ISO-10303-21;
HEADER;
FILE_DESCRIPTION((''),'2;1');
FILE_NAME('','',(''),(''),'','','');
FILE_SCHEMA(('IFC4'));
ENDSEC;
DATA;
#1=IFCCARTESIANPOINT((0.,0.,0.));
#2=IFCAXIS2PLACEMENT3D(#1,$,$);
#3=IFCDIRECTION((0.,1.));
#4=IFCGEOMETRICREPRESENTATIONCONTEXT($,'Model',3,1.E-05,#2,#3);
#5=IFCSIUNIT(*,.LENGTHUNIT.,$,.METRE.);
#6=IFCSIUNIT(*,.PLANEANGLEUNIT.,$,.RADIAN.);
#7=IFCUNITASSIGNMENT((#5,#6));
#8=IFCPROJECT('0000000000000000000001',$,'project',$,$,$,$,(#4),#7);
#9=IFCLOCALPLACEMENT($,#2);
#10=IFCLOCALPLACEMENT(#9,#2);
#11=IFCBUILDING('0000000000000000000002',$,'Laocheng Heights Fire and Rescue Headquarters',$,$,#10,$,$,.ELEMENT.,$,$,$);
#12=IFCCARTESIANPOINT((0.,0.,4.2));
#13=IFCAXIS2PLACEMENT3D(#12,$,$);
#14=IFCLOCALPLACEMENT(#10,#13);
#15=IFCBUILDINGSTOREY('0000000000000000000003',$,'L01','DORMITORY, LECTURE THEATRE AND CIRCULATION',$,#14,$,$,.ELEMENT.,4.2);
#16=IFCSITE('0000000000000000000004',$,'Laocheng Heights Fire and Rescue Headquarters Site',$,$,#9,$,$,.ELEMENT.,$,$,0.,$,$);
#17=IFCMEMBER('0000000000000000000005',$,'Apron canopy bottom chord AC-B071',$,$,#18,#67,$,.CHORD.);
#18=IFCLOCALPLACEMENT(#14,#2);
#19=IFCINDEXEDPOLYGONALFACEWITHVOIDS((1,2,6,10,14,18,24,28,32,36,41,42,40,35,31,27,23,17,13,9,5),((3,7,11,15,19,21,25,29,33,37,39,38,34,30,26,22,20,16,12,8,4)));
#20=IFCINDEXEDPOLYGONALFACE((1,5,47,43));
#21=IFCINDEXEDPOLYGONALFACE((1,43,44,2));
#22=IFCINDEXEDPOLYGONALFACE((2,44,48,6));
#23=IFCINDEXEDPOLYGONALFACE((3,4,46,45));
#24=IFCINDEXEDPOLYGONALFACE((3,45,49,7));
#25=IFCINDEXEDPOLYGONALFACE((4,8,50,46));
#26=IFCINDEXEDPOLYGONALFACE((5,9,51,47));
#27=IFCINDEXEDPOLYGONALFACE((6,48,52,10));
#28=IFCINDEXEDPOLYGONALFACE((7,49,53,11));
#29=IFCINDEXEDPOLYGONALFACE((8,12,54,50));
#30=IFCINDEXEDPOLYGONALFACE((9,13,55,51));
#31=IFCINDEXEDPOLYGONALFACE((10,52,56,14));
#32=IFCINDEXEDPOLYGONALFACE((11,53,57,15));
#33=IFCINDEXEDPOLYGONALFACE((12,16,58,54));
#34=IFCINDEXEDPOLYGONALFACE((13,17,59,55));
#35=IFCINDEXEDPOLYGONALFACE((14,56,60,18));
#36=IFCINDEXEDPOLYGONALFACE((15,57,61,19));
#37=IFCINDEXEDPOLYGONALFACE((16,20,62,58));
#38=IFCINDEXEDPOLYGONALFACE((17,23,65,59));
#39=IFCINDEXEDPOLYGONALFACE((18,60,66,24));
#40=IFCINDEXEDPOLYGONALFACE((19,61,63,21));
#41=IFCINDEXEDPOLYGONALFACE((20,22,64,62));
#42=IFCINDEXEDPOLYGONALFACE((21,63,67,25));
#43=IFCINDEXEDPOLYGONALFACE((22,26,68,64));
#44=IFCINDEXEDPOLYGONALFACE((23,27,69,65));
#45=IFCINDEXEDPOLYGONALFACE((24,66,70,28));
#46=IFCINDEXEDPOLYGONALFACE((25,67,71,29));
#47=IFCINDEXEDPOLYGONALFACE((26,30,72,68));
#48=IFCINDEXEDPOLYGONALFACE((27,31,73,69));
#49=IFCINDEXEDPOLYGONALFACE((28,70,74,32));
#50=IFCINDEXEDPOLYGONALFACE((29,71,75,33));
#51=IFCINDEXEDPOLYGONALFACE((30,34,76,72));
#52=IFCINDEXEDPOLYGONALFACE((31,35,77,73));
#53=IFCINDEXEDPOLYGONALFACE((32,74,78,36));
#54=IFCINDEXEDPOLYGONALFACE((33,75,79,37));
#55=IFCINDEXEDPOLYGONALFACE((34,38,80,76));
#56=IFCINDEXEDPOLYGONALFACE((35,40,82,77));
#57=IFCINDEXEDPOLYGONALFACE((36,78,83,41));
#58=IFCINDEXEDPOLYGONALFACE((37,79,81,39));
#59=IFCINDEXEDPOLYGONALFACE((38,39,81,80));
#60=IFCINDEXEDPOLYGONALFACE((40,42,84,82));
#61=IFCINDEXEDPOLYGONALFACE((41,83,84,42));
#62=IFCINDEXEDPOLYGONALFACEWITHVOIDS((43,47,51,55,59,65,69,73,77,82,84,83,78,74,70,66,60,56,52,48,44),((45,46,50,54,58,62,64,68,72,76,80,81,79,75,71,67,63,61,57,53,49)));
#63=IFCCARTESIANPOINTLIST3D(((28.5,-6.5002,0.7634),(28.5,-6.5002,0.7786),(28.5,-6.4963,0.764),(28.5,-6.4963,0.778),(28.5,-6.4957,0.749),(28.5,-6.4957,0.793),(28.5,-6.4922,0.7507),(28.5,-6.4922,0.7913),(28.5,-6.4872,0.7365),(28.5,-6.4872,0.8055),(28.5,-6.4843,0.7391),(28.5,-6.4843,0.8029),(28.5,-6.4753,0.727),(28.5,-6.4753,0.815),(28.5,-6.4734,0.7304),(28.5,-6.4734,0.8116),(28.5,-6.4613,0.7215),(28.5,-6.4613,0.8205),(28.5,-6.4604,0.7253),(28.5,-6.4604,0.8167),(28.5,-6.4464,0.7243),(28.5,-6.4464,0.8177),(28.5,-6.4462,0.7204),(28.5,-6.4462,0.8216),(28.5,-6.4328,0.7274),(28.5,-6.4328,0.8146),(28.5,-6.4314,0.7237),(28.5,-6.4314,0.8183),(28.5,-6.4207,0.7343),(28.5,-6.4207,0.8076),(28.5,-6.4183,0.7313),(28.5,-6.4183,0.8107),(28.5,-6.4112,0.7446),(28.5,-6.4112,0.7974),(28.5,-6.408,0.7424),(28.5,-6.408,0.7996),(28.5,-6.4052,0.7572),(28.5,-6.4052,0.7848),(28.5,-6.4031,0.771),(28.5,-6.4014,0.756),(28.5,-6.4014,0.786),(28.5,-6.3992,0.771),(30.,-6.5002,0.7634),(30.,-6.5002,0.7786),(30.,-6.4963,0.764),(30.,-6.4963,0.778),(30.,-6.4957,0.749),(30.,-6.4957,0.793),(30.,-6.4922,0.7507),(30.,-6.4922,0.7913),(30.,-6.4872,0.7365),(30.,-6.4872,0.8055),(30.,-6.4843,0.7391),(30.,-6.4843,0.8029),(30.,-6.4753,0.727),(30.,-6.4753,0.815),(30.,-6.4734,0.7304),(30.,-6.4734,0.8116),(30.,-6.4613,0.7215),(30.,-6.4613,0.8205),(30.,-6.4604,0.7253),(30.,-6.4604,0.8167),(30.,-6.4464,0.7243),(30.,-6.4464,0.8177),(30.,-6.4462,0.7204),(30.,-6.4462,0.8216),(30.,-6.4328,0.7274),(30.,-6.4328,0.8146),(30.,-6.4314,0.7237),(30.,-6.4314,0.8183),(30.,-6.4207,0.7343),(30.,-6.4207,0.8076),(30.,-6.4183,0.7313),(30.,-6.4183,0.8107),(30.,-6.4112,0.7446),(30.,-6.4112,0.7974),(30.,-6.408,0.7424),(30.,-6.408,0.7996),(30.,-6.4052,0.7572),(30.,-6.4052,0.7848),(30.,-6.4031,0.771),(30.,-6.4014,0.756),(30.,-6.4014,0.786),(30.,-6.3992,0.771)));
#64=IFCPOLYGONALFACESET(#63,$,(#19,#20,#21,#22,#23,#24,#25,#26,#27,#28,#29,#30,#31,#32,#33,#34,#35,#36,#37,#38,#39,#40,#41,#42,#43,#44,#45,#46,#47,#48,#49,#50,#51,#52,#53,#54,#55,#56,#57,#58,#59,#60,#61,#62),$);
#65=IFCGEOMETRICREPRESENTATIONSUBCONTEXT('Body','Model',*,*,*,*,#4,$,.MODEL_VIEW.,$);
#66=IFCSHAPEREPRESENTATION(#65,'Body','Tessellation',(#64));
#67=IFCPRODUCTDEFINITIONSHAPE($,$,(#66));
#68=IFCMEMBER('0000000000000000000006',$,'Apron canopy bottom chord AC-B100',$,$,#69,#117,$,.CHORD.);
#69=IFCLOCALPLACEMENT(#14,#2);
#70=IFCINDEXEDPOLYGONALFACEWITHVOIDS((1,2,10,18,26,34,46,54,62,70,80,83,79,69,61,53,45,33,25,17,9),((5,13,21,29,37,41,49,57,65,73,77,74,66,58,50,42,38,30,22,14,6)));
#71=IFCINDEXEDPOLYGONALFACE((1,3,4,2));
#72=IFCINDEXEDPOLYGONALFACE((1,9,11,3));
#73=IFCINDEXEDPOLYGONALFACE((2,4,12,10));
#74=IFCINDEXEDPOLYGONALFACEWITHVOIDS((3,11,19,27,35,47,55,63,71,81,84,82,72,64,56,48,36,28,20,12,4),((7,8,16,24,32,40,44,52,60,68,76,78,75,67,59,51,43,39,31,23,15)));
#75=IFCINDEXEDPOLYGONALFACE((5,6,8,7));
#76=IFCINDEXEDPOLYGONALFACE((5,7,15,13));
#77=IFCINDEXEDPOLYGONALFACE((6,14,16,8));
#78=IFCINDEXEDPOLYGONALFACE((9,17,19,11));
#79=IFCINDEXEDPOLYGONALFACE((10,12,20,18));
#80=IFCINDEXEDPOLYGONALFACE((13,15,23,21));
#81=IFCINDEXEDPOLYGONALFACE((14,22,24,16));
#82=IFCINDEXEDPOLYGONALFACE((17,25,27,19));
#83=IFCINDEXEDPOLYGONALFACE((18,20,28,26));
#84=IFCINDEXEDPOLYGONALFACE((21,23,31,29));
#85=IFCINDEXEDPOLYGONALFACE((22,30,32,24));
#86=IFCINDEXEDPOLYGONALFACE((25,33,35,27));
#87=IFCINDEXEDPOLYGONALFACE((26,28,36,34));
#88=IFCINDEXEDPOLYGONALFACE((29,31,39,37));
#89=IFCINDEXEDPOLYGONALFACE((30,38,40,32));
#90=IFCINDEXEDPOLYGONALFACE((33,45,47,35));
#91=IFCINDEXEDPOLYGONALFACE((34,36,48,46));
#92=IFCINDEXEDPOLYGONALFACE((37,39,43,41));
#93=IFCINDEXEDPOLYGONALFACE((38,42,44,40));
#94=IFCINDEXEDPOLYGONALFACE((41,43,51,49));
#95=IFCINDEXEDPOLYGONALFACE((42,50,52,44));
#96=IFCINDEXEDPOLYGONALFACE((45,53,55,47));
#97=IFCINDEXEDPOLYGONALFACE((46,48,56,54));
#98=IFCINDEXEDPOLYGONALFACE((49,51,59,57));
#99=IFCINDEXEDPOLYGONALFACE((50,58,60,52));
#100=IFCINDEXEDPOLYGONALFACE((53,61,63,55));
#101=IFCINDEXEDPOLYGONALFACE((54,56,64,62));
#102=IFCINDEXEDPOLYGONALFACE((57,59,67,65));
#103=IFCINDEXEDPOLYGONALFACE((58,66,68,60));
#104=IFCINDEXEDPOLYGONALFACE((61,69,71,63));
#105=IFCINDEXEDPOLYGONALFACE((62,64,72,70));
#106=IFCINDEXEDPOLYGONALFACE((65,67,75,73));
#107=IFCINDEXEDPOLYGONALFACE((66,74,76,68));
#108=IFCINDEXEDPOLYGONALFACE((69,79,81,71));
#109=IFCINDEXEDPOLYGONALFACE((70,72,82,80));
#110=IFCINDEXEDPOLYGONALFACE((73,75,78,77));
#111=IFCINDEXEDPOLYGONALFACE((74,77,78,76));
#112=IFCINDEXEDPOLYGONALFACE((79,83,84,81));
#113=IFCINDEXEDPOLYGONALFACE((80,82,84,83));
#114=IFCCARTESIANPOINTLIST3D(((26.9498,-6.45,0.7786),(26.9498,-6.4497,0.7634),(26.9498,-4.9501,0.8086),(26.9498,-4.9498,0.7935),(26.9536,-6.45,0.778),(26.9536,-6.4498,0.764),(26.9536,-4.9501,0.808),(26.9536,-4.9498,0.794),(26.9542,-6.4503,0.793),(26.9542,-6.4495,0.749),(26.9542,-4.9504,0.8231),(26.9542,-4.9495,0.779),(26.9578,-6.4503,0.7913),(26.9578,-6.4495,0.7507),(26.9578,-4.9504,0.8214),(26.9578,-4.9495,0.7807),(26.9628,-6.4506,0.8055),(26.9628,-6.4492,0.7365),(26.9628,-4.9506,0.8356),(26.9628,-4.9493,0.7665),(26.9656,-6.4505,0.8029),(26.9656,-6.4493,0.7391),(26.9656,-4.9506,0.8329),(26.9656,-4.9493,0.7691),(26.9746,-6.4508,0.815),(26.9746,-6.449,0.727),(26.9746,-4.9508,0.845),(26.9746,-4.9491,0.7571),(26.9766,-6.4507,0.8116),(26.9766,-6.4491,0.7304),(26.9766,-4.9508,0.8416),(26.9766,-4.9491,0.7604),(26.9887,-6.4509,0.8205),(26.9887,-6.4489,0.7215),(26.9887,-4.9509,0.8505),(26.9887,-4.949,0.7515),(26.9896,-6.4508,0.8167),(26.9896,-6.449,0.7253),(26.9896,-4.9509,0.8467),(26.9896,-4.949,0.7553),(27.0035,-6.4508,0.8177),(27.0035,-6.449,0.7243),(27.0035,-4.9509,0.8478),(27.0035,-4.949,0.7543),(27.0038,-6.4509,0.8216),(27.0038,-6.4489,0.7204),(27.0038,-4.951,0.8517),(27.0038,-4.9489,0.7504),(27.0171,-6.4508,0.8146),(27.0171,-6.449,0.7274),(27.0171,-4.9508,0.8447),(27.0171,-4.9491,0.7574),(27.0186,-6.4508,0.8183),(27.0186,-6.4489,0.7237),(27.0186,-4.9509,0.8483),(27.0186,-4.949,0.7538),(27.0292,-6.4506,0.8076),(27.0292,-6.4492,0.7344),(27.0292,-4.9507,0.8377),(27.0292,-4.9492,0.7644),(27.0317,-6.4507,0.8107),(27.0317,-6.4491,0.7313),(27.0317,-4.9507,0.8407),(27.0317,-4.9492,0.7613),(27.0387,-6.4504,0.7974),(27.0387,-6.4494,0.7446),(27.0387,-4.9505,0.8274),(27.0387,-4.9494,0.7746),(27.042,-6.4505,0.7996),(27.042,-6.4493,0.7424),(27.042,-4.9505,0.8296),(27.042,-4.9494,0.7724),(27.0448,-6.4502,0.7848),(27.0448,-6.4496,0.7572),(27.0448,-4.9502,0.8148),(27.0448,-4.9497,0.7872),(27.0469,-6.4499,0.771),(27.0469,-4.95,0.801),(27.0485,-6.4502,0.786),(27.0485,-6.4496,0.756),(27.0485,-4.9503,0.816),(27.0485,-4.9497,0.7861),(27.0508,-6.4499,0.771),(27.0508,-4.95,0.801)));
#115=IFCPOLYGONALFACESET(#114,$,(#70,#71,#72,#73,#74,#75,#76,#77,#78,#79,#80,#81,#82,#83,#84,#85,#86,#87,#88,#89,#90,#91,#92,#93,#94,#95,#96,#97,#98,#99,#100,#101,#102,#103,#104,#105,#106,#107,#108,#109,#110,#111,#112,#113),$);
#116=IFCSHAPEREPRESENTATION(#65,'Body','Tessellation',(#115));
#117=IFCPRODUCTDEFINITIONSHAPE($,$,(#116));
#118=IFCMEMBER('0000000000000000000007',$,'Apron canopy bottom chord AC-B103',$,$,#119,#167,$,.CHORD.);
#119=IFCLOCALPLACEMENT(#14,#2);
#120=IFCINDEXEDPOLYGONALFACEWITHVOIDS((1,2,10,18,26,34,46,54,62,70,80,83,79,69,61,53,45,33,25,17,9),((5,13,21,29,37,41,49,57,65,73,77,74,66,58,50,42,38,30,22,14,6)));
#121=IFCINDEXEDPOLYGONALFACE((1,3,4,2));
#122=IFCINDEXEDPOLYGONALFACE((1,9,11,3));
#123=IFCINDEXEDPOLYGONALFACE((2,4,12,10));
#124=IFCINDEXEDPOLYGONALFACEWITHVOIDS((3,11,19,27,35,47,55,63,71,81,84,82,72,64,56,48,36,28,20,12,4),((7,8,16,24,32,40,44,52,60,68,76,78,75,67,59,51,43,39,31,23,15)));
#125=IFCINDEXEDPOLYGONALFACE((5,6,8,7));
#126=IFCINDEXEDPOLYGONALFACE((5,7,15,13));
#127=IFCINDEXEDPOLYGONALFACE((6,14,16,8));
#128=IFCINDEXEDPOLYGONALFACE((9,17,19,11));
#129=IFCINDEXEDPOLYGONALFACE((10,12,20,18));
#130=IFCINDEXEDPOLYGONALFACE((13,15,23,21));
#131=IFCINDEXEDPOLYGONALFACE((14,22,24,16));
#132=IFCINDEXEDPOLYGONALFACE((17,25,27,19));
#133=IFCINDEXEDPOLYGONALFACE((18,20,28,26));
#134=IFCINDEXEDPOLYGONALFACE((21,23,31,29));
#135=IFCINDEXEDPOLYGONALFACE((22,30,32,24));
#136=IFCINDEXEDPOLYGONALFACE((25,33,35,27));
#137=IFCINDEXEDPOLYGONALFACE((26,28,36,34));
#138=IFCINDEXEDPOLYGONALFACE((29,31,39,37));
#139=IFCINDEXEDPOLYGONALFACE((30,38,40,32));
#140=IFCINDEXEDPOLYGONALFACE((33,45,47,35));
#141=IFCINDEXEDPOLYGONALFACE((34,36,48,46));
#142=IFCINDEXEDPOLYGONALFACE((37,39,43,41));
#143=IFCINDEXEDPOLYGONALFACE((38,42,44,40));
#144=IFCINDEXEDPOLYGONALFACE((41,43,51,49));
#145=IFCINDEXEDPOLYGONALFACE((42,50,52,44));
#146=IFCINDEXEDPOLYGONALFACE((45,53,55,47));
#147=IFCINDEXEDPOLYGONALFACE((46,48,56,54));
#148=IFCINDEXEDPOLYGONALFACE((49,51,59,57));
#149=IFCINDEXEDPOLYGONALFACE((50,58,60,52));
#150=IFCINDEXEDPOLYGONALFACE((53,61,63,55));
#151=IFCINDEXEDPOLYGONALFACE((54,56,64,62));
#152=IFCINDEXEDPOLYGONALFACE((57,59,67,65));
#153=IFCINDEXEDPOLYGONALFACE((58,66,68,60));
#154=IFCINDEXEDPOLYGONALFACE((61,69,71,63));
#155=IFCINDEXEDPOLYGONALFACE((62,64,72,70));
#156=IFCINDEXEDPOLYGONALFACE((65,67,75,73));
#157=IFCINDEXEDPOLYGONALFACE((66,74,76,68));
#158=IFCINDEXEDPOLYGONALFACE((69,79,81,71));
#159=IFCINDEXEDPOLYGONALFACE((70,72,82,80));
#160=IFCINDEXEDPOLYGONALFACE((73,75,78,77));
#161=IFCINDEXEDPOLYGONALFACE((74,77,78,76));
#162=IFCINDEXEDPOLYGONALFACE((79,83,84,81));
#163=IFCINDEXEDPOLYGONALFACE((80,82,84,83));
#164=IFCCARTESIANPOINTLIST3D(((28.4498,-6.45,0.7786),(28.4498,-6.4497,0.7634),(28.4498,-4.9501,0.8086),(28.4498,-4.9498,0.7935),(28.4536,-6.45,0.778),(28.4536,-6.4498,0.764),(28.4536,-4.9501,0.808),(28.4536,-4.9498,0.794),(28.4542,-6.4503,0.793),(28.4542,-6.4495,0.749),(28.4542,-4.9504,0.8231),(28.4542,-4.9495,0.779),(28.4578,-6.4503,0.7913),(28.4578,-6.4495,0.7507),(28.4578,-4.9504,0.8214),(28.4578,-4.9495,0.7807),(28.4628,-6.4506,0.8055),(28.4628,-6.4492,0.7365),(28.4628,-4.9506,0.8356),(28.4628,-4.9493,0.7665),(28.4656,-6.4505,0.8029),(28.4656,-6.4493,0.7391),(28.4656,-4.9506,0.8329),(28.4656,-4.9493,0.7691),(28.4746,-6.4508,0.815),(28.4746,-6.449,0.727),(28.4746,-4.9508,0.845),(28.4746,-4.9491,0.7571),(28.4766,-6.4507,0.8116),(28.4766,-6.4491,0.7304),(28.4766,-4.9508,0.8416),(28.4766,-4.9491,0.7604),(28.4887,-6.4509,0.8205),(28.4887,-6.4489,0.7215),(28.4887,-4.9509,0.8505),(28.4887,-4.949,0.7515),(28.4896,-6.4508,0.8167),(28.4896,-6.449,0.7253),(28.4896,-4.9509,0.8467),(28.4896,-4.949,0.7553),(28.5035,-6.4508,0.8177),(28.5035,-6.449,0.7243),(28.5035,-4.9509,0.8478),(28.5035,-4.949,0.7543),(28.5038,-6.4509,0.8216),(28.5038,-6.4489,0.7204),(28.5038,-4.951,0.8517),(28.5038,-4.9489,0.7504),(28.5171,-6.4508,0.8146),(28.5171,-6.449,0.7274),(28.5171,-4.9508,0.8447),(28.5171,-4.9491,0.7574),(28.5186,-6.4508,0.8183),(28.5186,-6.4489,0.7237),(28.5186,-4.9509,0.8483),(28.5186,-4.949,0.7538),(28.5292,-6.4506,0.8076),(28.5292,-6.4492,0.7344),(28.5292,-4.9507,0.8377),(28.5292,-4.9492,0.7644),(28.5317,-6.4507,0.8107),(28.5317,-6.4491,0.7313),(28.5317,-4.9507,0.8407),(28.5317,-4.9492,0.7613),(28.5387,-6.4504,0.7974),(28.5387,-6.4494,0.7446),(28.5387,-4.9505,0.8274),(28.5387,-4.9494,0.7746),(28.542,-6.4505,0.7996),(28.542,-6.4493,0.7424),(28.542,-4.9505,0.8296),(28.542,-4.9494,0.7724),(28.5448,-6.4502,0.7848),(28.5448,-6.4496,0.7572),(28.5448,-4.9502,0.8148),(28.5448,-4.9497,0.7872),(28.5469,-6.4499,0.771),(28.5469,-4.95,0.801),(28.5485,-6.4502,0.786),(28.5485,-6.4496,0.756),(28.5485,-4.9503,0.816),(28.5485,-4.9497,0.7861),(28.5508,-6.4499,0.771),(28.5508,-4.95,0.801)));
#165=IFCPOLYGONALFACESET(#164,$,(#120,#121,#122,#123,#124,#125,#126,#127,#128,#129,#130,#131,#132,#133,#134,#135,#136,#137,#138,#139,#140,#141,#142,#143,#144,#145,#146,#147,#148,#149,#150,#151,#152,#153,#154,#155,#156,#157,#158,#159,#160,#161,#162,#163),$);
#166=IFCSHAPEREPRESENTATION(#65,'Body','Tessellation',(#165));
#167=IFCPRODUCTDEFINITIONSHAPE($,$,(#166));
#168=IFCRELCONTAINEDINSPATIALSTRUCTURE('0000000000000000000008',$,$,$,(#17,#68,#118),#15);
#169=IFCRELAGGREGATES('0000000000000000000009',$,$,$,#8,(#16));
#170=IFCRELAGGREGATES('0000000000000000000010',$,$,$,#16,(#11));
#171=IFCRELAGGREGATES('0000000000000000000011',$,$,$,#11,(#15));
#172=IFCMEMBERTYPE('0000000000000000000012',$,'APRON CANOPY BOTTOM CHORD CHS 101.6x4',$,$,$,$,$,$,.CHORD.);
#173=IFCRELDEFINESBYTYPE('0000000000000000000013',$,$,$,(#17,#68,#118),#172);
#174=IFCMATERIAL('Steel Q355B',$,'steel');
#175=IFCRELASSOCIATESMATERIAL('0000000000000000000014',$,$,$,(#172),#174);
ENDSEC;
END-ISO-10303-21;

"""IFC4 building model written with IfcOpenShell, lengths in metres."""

from ifc_helpers import new_model, si_unit, direction, frame, origin, origin_2d, place, context, subcontext, project, spatial, hollow_circle, extrude, material, material_profile, profile_set, type_object, element, save


model = new_model("IFC4")

# Units and contexts
model_context = context("Model", 3, precision=1e-05, world=origin(), true_north=direction((0.0, 1.0)))
body_context = subcontext(model_context, "Body", "Model", "MODEL_VIEW")
ifc_project = project(units=[si_unit("LENGTHUNIT", "METRE"), si_unit("PLANEANGLEUNIT", "RADIAN")], contexts=[model_context])

# Site, building, storey
site_placement = place(None, origin())
site = spatial("IfcSite", under=ifc_project, at=site_placement, Name="Laocheng Heights Fire and Rescue Headquarters Site", CompositionType="ELEMENT", RefElevation=0.0)
building_placement = place(site_placement, origin())
building = spatial("IfcBuilding", under=site, at=building_placement, Name="Laocheng Heights Fire and Rescue Headquarters", CompositionType="ELEMENT")
storey_placement = place(building_placement, frame((0.0, 0.0, 4.2)))
storey = spatial("IfcBuildingStorey", under=building, at=storey_placement, Name="L01", Description="DORMITORY, LECTURE THEATRE AND CIRCULATION", CompositionType="ELEMENT", Elevation=4.2)

# Members
ifc_material_1 = material(Name="Steel Q355B", Category="steel")
ifc_material_profile_1 = material_profile(ifc_material_1, hollow_circle(Radius=0.0508, WallThickness=0.0039, at=origin_2d()), Name="CHS 101.6x4")
ifc_profile_set_1 = profile_set([ifc_material_profile_1], Name="Steel Q355B")
member_type_1 = type_object("IfcMemberType", Name="APRON CANOPY BOTTOM CHORD CHS 101.6x4", PredefinedType="CHORD", material=ifc_profile_set_1)
for number, where, z_axis, x_axis, name in (
    (1, (28.5, -6.45, 0.771), (1.0, 0.0, 0.0), (0.0, 1.0, 0.0), "Apron canopy bottom chord AC-B071"),
):
    element("IfcMember", number, at=place(storey_placement, frame(where, z_axis=z_axis, x_axis=x_axis)), inside=storey, type_object=member_type_1, Name=name, PredefinedType="CHORD", context=body_context, shape_type="SweptSolid", body=[
        extrude(hollow_circle(Radius=0.0508, WallThickness=0.0039, at=origin_2d()), origin(), (0.0, 0.0, 1.0), 1.5),
    ])
for number, where, z_axis, x_axis, name in (
    (2, (27.0, -4.95, 0.801), (0.0, -0.9998, -0.020016), (1.0, 0.0, 0.0), "Apron canopy bottom chord AC-B100"),
    (3, (28.5, -4.95, 0.801), (0.0, -0.9998, -0.020016), (1.0, 0.0, 0.0), "Apron canopy bottom chord AC-B103"),
):
    element("IfcMember", number, at=place(storey_placement, frame(where, z_axis=z_axis, x_axis=x_axis)), inside=storey, type_object=member_type_1, Name=name, PredefinedType="CHORD", context=body_context, shape_type="SweptSolid", body=[
        extrude(hollow_circle(Radius=0.0508, WallThickness=0.0039, at=origin_2d()), origin(), (0.0, 0.0, 1.0), 1.5002),
    ])

save(model, "model.ifc")
